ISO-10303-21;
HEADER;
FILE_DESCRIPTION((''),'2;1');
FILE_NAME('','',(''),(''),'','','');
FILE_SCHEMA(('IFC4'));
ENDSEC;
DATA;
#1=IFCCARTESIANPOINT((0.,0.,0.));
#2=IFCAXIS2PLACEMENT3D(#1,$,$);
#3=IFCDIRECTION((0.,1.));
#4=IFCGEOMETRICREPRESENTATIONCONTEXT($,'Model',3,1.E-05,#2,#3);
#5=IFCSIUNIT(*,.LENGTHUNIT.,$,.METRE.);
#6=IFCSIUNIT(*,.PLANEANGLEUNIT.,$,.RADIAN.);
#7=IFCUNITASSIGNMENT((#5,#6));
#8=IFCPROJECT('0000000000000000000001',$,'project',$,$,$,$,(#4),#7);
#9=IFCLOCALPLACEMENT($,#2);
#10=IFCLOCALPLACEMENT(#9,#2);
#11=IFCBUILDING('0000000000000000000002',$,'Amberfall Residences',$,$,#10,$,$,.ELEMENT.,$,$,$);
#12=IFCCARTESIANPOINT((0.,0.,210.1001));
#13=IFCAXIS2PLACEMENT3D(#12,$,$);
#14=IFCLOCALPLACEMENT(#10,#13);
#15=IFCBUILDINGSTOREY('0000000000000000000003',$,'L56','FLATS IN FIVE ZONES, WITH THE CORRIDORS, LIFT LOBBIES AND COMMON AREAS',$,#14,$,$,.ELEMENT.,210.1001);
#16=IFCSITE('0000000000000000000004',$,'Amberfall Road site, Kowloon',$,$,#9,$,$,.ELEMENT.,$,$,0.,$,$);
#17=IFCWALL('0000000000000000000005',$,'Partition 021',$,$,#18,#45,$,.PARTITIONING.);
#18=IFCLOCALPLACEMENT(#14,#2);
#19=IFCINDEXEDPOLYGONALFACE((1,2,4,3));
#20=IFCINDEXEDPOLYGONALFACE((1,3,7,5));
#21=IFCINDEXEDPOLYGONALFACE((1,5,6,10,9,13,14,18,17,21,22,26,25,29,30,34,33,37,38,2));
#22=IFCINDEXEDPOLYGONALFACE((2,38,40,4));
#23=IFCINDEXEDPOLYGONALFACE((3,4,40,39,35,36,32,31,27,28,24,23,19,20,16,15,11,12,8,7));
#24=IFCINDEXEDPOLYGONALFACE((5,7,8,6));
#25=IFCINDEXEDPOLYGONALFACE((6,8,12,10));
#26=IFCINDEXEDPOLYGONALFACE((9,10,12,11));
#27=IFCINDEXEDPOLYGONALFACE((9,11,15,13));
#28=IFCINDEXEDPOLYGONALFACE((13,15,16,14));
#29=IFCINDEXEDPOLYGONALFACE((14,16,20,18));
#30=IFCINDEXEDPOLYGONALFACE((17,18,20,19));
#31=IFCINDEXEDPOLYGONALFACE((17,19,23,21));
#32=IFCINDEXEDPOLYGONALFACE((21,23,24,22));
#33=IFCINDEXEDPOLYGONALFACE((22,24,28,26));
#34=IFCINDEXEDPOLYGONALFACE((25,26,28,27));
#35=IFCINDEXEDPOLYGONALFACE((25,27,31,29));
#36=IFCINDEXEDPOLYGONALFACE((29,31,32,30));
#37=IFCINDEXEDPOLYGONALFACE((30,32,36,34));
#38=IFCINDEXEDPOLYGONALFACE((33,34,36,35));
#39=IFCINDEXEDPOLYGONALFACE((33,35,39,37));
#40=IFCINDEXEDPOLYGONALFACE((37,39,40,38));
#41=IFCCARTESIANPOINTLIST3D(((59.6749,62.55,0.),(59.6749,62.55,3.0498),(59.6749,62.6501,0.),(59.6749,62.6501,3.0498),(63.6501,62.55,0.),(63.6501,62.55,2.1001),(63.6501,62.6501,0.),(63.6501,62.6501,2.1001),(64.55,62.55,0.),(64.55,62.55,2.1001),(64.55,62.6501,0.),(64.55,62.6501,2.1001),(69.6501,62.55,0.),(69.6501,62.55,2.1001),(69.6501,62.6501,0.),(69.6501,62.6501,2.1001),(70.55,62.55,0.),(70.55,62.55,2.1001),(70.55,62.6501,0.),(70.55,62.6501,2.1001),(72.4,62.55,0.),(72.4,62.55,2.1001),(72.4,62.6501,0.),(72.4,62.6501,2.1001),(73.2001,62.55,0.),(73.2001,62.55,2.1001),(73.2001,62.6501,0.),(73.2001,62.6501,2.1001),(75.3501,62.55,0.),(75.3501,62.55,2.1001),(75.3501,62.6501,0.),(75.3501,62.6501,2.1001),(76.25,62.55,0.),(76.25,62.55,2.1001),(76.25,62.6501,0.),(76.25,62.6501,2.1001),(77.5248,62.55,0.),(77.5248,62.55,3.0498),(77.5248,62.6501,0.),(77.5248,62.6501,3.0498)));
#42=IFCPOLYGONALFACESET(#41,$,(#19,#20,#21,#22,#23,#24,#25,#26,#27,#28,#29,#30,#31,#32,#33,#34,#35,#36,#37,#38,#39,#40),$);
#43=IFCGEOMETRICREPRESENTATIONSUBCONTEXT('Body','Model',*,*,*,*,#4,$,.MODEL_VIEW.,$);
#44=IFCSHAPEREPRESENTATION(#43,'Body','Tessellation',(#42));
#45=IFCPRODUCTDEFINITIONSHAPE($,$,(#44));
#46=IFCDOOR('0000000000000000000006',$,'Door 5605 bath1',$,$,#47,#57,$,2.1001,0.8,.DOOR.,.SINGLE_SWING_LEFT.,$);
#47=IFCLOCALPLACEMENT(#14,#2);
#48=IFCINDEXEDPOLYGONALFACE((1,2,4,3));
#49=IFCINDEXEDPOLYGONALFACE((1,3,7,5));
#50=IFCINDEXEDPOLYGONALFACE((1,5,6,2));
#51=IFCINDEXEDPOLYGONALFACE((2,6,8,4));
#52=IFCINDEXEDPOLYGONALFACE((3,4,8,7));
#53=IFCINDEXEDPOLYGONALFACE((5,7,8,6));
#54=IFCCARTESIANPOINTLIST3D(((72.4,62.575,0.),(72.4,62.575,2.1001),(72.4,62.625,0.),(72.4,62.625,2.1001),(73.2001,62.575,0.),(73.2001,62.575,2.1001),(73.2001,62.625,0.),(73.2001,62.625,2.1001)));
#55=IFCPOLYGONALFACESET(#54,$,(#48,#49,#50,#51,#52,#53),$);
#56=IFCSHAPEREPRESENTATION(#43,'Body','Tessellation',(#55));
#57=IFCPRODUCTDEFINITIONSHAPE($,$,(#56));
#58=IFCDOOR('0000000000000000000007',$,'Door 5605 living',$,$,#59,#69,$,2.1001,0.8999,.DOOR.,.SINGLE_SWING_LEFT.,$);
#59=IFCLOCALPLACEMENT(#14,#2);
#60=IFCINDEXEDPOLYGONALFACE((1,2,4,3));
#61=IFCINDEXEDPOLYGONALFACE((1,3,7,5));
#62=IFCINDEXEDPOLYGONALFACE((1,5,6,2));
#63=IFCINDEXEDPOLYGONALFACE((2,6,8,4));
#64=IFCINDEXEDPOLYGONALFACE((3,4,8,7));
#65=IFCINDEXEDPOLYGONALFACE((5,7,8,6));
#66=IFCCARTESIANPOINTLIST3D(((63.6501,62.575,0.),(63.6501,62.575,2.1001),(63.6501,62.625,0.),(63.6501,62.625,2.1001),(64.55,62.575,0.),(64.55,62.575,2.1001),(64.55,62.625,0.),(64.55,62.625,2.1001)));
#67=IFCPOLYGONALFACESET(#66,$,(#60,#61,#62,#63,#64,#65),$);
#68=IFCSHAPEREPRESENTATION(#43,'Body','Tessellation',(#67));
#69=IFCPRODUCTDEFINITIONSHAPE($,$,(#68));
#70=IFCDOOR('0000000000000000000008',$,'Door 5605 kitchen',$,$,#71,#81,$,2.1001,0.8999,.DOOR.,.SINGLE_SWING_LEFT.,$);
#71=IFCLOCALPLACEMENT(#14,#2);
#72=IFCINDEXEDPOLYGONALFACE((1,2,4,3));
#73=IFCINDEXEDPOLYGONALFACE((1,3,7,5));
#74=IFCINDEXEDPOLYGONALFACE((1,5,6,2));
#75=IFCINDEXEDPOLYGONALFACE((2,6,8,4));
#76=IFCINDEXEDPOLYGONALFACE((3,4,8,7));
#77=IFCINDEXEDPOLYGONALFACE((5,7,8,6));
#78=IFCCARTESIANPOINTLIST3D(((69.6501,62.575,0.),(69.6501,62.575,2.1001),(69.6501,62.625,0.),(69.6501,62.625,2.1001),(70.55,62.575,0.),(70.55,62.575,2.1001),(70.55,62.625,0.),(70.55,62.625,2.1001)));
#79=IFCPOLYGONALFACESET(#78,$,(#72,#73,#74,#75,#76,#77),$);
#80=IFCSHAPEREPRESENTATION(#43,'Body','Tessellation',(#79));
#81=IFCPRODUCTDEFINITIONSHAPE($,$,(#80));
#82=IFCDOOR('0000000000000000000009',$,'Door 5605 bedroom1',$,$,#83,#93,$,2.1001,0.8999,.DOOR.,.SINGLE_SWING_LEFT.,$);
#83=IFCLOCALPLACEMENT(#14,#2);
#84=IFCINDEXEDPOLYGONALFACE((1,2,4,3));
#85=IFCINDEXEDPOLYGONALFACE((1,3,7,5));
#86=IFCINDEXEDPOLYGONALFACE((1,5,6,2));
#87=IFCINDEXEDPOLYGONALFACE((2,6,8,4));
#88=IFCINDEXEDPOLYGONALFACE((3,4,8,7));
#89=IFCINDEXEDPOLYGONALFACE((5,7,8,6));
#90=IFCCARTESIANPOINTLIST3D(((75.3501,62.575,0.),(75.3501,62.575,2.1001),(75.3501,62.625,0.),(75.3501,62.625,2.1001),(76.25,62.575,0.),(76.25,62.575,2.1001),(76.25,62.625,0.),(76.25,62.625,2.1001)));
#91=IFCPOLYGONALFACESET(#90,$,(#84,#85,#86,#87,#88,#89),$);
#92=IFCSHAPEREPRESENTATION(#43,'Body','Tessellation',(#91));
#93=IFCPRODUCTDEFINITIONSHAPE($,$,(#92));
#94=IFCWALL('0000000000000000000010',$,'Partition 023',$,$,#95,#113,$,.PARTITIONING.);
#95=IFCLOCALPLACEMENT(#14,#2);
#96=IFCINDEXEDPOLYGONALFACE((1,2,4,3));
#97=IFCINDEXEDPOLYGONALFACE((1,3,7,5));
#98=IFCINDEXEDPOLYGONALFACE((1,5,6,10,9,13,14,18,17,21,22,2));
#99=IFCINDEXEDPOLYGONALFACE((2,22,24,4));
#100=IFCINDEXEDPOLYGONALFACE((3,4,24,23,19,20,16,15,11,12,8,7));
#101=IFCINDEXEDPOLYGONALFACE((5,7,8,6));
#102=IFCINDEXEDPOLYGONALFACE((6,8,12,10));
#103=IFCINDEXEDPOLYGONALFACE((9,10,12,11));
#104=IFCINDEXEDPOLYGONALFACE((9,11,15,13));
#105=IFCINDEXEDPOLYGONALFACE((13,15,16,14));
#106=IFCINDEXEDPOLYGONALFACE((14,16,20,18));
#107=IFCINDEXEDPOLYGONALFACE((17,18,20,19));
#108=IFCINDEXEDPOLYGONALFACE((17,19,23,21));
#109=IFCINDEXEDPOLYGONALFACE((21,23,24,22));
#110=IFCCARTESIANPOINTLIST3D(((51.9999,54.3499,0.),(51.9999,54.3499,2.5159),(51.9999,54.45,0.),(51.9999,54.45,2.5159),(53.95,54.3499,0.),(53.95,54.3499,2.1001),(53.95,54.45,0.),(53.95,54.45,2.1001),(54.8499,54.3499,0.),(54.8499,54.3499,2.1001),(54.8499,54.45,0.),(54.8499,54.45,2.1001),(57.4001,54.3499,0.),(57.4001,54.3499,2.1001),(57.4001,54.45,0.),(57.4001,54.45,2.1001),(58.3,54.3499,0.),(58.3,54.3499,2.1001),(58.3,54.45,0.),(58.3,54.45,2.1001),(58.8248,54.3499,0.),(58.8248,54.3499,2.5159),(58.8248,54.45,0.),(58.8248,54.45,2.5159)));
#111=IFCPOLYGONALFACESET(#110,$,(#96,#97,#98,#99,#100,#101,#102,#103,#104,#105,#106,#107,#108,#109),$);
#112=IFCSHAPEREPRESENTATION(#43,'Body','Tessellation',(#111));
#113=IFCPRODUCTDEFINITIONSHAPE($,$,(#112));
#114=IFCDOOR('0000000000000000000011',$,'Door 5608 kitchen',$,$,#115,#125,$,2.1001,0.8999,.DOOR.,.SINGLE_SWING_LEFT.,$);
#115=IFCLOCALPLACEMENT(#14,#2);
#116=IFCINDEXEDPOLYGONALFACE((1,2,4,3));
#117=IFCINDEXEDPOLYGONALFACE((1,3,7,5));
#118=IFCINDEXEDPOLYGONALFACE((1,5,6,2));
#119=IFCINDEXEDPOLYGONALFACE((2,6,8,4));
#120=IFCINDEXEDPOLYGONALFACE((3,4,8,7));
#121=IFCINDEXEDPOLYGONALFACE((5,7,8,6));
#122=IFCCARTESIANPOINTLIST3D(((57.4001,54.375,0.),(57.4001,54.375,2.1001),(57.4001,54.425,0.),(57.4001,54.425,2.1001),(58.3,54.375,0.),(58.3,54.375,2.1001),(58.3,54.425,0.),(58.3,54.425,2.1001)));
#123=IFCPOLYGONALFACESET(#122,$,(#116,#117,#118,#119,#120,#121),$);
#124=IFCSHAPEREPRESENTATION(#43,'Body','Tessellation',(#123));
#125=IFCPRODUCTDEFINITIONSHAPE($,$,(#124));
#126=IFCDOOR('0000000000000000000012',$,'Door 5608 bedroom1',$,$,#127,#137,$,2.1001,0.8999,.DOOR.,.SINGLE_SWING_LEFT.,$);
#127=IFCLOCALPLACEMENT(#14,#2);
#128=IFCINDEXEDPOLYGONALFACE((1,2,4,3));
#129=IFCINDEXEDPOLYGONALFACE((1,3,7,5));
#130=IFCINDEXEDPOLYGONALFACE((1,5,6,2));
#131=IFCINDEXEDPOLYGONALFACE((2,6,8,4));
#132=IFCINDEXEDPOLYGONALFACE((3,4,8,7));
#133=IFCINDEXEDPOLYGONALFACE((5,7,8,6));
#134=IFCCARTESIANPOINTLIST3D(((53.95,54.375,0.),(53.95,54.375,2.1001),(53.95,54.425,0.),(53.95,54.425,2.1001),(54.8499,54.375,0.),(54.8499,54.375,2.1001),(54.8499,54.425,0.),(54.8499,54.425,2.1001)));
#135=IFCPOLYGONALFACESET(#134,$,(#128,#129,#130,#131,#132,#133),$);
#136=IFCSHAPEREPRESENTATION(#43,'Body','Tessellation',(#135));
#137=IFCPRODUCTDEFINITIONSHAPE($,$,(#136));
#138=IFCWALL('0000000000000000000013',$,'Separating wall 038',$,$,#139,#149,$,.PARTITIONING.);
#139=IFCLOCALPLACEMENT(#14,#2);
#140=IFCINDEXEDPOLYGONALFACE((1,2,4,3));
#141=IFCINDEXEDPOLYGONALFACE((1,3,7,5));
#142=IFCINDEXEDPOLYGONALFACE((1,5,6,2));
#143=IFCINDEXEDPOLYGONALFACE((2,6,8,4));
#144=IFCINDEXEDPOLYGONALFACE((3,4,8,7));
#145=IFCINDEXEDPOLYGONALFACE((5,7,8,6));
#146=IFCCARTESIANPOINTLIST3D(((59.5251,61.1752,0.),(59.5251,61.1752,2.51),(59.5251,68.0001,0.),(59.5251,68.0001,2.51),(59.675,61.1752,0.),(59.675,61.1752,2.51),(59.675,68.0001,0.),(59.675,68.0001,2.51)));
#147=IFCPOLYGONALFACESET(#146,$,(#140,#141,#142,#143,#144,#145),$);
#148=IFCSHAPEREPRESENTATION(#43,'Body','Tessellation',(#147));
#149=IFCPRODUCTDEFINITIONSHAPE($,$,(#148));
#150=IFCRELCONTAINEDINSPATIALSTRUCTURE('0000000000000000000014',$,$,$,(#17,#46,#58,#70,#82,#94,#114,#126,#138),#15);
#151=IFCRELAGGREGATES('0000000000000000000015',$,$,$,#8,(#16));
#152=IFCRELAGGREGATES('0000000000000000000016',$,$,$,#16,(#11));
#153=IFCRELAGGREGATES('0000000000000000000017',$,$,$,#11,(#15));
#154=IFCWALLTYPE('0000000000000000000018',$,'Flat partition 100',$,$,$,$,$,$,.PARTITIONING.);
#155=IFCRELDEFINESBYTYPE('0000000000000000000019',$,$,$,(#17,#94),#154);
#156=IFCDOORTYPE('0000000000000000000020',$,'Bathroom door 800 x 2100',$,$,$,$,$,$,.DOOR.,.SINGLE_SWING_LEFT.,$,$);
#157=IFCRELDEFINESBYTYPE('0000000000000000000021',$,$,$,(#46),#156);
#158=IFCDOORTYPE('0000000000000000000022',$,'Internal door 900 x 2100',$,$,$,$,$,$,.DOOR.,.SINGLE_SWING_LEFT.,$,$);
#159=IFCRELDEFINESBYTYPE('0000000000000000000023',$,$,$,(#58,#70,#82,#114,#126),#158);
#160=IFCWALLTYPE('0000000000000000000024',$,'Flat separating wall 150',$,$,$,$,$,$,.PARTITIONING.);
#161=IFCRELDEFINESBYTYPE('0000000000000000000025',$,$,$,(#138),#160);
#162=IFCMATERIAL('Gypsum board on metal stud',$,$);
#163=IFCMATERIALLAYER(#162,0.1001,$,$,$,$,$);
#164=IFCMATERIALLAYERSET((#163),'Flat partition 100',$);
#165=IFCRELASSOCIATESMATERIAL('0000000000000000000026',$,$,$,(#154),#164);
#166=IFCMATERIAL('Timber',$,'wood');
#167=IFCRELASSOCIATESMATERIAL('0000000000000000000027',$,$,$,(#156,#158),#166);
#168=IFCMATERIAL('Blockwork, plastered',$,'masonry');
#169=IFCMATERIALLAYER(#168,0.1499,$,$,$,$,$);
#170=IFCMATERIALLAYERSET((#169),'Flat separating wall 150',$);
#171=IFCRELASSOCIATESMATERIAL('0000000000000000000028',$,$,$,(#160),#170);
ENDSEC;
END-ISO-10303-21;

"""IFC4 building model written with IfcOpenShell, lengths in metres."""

from ifc_helpers import new_model, si_unit, direction, frame, frame_2d, origin, place, context, subcontext, project, spatial, rectangle, extrude, material, layer, layer_set, type_object, element, fill, save


model = new_model("IFC4")

# Units and contexts
model_context = context("Model", 3, precision=1e-05, world=origin(), true_north=direction((0.0, 1.0)))
body_context = subcontext(model_context, "Body", "Model", "MODEL_VIEW")
ifc_project = project(units=[si_unit("LENGTHUNIT", "METRE"), si_unit("PLANEANGLEUNIT", "RADIAN")], contexts=[model_context])

# Site, building, storey
site_placement = place(None, origin())
site = spatial("IfcSite", under=ifc_project, at=site_placement, Name="Amberfall Road site, Kowloon", CompositionType="ELEMENT", RefElevation=0.0)
building_placement = place(site_placement, origin())
building = spatial("IfcBuilding", under=site, at=building_placement, Name="Amberfall Residences", CompositionType="ELEMENT")
storey_placement = place(building_placement, frame((0.0, 0.0, 210.1001)))
storey = spatial("IfcBuildingStorey", under=building, at=storey_placement, Name="L56", Description="FLATS IN FIVE ZONES, WITH THE CORRIDORS, LIFT LOBBIES AND COMMON AREAS", CompositionType="ELEMENT", Elevation=210.1001)

# Shared definitions
ifc_material_1 = material(Name="Gypsum board on metal stud")
ifc_layer_1 = layer(ifc_material_1, 0.1001)
ifc_layer_set_1 = layer_set([ifc_layer_1], Name="Flat partition 100")
wall_type_1 = type_object("IfcWallType", Name="Flat partition 100", PredefinedType="PARTITIONING", material=ifc_layer_set_1)

# Walls, openings, doors
wall_1_placement = place(storey_placement, frame((59.675, 62.6001, 0.0), z_axis=(0.0, 0.0, 1.0), x_axis=(1.0, 0.0, 0.0)))
wall_1 = element("IfcWall", 1, at=wall_1_placement, inside=storey, type_object=wall_type_1, Name="Partition 021", PredefinedType="PARTITIONING", context=body_context, shape_type="SweptSolid", body=[
    extrude(rectangle(XDim=17.8499, YDim=0.1001, at=frame_2d((8.9248, 0.0))), origin(), (0.0, 0.0, 1.0), 3.0498),
])
opening_1_placement = place(wall_1_placement, frame((3.9751, 0.0, 0.0)))
opening_1 = element("IfcOpeningElement", 2, at=opening_1_placement, cuts=wall_1, PredefinedType="OPENING", context=body_context, shape_type="SweptSolid", body=[
    extrude(rectangle(XDim=0.8999, YDim=2.1001, at=frame_2d((0.45, 1.05))), frame((0.0, 0.0601, 0.0), z_axis=(0.0, -1.0, 0.0), x_axis=(1.0, 0.0, 0.0)), (0.0, 0.0, 1.0), 0.1201),
])
opening_2_placement = place(wall_1_placement, frame((9.9751, 0.0, 0.0)))
opening_2 = element("IfcOpeningElement", 3, at=opening_2_placement, cuts=wall_1, PredefinedType="OPENING", context=body_context, shape_type="SweptSolid", body=[
    extrude(rectangle(XDim=0.8999, YDim=2.1001, at=frame_2d((0.45, 1.05))), frame((0.0, 0.0601, 0.0), z_axis=(0.0, -1.0, 0.0), x_axis=(1.0, 0.0, 0.0)), (0.0, 0.0, 1.0), 0.1201),
])
opening_3_placement = place(wall_1_placement, frame((15.675, 0.0, 0.0)))
opening_3 = element("IfcOpeningElement", 4, at=opening_3_placement, cuts=wall_1, PredefinedType="OPENING", context=body_context, shape_type="SweptSolid", body=[
    extrude(rectangle(XDim=0.8999, YDim=2.1001, at=frame_2d((0.45, 1.05))), frame((0.0, 0.0601, 0.0), z_axis=(0.0, -1.0, 0.0), x_axis=(1.0, 0.0, 0.0)), (0.0, 0.0, 1.0), 0.1201),
])
opening_4_placement = place(wall_1_placement, frame((12.7251, 0.0, 0.0)))
opening_4 = element("IfcOpeningElement", 5, at=opening_4_placement, cuts=wall_1, PredefinedType="OPENING", context=body_context, shape_type="SweptSolid", body=[
    extrude(rectangle(XDim=0.8, YDim=2.1001, at=frame_2d((0.3999, 1.05))), frame((0.0, 0.0601, 0.0), z_axis=(0.0, -1.0, 0.0), x_axis=(1.0, 0.0, 0.0)), (0.0, 0.0, 1.0), 0.1201),
])
ifc_material_2 = material(Name="Timber", Category="wood")
door_type_1 = type_object("IfcDoorType", Name="Bathroom door 800 x 2100", OperationType="SINGLE_SWING_LEFT", PredefinedType="DOOR", material=ifc_material_2)
door_1_placement = place(opening_4_placement, origin())
door_1 = element("IfcDoor", 6, at=door_1_placement, inside=storey, type_object=door_type_1, Name="Door 5605 bath1", OperationType="SINGLE_SWING_LEFT", OverallHeight=2.1001, OverallWidth=0.8, PredefinedType="DOOR", context=body_context, shape_type="SweptSolid", body=[
    extrude(rectangle(XDim=0.8, YDim=2.1001, at=frame_2d((0.3999, 1.05))), frame((0.0, 0.0249, 0.0), z_axis=(0.0, -1.0, 0.0), x_axis=(1.0, 0.0, 0.0)), (0.0, 0.0, 1.0), 0.05),
])
fill(opening_4, door_1)
door_type_2 = type_object("IfcDoorType", Name="Internal door 900 x 2100", OperationType="SINGLE_SWING_LEFT", PredefinedType="DOOR", material=ifc_material_2)
door_2_placement = place(opening_1_placement, origin())
door_2 = element("IfcDoor", 7, at=door_2_placement, inside=storey, type_object=door_type_2, Name="Door 5605 living", OperationType="SINGLE_SWING_LEFT", OverallHeight=2.1001, OverallWidth=0.8999, PredefinedType="DOOR", context=body_context, shape_type="SweptSolid", body=[
    extrude(rectangle(XDim=0.8999, YDim=2.1001, at=frame_2d((0.45, 1.05))), frame((0.0, 0.0249, 0.0), z_axis=(0.0, -1.0, 0.0), x_axis=(1.0, 0.0, 0.0)), (0.0, 0.0, 1.0), 0.05),
])
fill(opening_1, door_2)
door_3_placement = place(opening_2_placement, origin())
door_3 = element("IfcDoor", 8, at=door_3_placement, inside=storey, type_object=door_type_2, Name="Door 5605 kitchen", OperationType="SINGLE_SWING_LEFT", OverallHeight=2.1001, OverallWidth=0.8999, PredefinedType="DOOR", context=body_context, shape_type="SweptSolid", body=[
    extrude(rectangle(XDim=0.8999, YDim=2.1001, at=frame_2d((0.45, 1.05))), frame((0.0, 0.0249, 0.0), z_axis=(0.0, -1.0, 0.0), x_axis=(1.0, 0.0, 0.0)), (0.0, 0.0, 1.0), 0.05),
])
fill(opening_2, door_3)
door_4_placement = place(opening_3_placement, origin())
door_4 = element("IfcDoor", 9, at=door_4_placement, inside=storey, type_object=door_type_2, Name="Door 5605 bedroom1", OperationType="SINGLE_SWING_LEFT", OverallHeight=2.1001, OverallWidth=0.8999, PredefinedType="DOOR", context=body_context, shape_type="SweptSolid", body=[
    extrude(rectangle(XDim=0.8999, YDim=2.1001, at=frame_2d((0.45, 1.05))), frame((0.0, 0.0249, 0.0), z_axis=(0.0, -1.0, 0.0), x_axis=(1.0, 0.0, 0.0)), (0.0, 0.0, 1.0), 0.05),
])
fill(opening_3, door_4)
wall_2_placement = place(storey_placement, frame((58.825, 54.3999, 0.0), z_axis=(0.0, 0.0, 1.0), x_axis=(-1.0, 0.0, 0.0)))
wall_2 = element("IfcWall", 10, at=wall_2_placement, inside=storey, type_object=wall_type_1, Name="Partition 023", PredefinedType="PARTITIONING", context=body_context, shape_type="SweptSolid", body=[
    extrude(rectangle(XDim=6.825, YDim=0.1001, at=frame_2d((3.4126, 0.0))), origin(), (0.0, 0.0, 1.0), 2.5159),
])
opening_5_placement = place(wall_2_placement, frame((0.5249, 0.0, 0.0)))
opening_5 = element("IfcOpeningElement", 11, at=opening_5_placement, cuts=wall_2, PredefinedType="OPENING", context=body_context, shape_type="SweptSolid", body=[
    extrude(rectangle(XDim=0.8999, YDim=2.1001, at=frame_2d((0.45, 1.05))), frame((0.0, 0.0601, 0.0), z_axis=(0.0, -1.0, 0.0), x_axis=(1.0, 0.0, 0.0)), (0.0, 0.0, 1.0), 0.1201),
])
opening_6_placement = place(wall_2_placement, frame((3.9751, 0.0, 0.0)))
opening_6 = element("IfcOpeningElement", 12, at=opening_6_placement, cuts=wall_2, PredefinedType="OPENING", context=body_context, shape_type="SweptSolid", body=[
    extrude(rectangle(XDim=0.8999, YDim=2.1001, at=frame_2d((0.45, 1.05))), frame((0.0, 0.0601, 0.0), z_axis=(0.0, -1.0, 0.0), x_axis=(1.0, 0.0, 0.0)), (0.0, 0.0, 1.0), 0.1201),
])
door_5_placement = place(opening_5_placement, origin())
door_5 = element("IfcDoor", 13, at=door_5_placement, inside=storey, type_object=door_type_2, Name="Door 5608 kitchen", OperationType="SINGLE_SWING_LEFT", OverallHeight=2.1001, OverallWidth=0.8999, PredefinedType="DOOR", context=body_context, shape_type="SweptSolid", body=[
    extrude(rectangle(XDim=0.8999, YDim=2.1001, at=frame_2d((0.45, 1.05))), frame((0.0, 0.0249, 0.0), z_axis=(0.0, -1.0, 0.0), x_axis=(1.0, 0.0, 0.0)), (0.0, 0.0, 1.0), 0.05),
])
fill(opening_5, door_5)
door_6_placement = place(opening_6_placement, origin())
door_6 = element("IfcDoor", 14, at=door_6_placement, inside=storey, type_object=door_type_2, Name="Door 5608 bedroom1", OperationType="SINGLE_SWING_LEFT", OverallHeight=2.1001, OverallWidth=0.8999, PredefinedType="DOOR", context=body_context, shape_type="SweptSolid", body=[
    extrude(rectangle(XDim=0.8999, YDim=2.1001, at=frame_2d((0.45, 1.05))), frame((0.0, 0.0249, 0.0), z_axis=(0.0, -1.0, 0.0), x_axis=(1.0, 0.0, 0.0)), (0.0, 0.0, 1.0), 0.05),
])
fill(opening_6, door_6)

# Wall
ifc_material_3 = material(Name="Blockwork, plastered", Category="masonry")
ifc_layer_2 = layer(ifc_material_3, 0.1499)
ifc_layer_set_2 = layer_set([ifc_layer_2], Name="Flat separating wall 150")
wall_type_2 = type_object("IfcWallType", Name="Flat separating wall 150", PredefinedType="PARTITIONING", material=ifc_layer_set_2)
wall_3_placement = place(storey_placement, frame((59.6001, 61.175, 0.0), z_axis=(0.0, 0.0, 1.0), x_axis=(0.0, 1.0, 0.0)))
element("IfcWall", 15, at=wall_3_placement, inside=storey, type_object=wall_type_2, Name="Separating wall 038", PredefinedType="PARTITIONING", context=body_context, shape_type="SweptSolid", body=[
    extrude(rectangle(XDim=6.825, YDim=0.1499, at=frame_2d((3.4126, 0.0))), origin(), (0.0, 0.0, 1.0), 2.51),
])

save(model, "model.ifc")
